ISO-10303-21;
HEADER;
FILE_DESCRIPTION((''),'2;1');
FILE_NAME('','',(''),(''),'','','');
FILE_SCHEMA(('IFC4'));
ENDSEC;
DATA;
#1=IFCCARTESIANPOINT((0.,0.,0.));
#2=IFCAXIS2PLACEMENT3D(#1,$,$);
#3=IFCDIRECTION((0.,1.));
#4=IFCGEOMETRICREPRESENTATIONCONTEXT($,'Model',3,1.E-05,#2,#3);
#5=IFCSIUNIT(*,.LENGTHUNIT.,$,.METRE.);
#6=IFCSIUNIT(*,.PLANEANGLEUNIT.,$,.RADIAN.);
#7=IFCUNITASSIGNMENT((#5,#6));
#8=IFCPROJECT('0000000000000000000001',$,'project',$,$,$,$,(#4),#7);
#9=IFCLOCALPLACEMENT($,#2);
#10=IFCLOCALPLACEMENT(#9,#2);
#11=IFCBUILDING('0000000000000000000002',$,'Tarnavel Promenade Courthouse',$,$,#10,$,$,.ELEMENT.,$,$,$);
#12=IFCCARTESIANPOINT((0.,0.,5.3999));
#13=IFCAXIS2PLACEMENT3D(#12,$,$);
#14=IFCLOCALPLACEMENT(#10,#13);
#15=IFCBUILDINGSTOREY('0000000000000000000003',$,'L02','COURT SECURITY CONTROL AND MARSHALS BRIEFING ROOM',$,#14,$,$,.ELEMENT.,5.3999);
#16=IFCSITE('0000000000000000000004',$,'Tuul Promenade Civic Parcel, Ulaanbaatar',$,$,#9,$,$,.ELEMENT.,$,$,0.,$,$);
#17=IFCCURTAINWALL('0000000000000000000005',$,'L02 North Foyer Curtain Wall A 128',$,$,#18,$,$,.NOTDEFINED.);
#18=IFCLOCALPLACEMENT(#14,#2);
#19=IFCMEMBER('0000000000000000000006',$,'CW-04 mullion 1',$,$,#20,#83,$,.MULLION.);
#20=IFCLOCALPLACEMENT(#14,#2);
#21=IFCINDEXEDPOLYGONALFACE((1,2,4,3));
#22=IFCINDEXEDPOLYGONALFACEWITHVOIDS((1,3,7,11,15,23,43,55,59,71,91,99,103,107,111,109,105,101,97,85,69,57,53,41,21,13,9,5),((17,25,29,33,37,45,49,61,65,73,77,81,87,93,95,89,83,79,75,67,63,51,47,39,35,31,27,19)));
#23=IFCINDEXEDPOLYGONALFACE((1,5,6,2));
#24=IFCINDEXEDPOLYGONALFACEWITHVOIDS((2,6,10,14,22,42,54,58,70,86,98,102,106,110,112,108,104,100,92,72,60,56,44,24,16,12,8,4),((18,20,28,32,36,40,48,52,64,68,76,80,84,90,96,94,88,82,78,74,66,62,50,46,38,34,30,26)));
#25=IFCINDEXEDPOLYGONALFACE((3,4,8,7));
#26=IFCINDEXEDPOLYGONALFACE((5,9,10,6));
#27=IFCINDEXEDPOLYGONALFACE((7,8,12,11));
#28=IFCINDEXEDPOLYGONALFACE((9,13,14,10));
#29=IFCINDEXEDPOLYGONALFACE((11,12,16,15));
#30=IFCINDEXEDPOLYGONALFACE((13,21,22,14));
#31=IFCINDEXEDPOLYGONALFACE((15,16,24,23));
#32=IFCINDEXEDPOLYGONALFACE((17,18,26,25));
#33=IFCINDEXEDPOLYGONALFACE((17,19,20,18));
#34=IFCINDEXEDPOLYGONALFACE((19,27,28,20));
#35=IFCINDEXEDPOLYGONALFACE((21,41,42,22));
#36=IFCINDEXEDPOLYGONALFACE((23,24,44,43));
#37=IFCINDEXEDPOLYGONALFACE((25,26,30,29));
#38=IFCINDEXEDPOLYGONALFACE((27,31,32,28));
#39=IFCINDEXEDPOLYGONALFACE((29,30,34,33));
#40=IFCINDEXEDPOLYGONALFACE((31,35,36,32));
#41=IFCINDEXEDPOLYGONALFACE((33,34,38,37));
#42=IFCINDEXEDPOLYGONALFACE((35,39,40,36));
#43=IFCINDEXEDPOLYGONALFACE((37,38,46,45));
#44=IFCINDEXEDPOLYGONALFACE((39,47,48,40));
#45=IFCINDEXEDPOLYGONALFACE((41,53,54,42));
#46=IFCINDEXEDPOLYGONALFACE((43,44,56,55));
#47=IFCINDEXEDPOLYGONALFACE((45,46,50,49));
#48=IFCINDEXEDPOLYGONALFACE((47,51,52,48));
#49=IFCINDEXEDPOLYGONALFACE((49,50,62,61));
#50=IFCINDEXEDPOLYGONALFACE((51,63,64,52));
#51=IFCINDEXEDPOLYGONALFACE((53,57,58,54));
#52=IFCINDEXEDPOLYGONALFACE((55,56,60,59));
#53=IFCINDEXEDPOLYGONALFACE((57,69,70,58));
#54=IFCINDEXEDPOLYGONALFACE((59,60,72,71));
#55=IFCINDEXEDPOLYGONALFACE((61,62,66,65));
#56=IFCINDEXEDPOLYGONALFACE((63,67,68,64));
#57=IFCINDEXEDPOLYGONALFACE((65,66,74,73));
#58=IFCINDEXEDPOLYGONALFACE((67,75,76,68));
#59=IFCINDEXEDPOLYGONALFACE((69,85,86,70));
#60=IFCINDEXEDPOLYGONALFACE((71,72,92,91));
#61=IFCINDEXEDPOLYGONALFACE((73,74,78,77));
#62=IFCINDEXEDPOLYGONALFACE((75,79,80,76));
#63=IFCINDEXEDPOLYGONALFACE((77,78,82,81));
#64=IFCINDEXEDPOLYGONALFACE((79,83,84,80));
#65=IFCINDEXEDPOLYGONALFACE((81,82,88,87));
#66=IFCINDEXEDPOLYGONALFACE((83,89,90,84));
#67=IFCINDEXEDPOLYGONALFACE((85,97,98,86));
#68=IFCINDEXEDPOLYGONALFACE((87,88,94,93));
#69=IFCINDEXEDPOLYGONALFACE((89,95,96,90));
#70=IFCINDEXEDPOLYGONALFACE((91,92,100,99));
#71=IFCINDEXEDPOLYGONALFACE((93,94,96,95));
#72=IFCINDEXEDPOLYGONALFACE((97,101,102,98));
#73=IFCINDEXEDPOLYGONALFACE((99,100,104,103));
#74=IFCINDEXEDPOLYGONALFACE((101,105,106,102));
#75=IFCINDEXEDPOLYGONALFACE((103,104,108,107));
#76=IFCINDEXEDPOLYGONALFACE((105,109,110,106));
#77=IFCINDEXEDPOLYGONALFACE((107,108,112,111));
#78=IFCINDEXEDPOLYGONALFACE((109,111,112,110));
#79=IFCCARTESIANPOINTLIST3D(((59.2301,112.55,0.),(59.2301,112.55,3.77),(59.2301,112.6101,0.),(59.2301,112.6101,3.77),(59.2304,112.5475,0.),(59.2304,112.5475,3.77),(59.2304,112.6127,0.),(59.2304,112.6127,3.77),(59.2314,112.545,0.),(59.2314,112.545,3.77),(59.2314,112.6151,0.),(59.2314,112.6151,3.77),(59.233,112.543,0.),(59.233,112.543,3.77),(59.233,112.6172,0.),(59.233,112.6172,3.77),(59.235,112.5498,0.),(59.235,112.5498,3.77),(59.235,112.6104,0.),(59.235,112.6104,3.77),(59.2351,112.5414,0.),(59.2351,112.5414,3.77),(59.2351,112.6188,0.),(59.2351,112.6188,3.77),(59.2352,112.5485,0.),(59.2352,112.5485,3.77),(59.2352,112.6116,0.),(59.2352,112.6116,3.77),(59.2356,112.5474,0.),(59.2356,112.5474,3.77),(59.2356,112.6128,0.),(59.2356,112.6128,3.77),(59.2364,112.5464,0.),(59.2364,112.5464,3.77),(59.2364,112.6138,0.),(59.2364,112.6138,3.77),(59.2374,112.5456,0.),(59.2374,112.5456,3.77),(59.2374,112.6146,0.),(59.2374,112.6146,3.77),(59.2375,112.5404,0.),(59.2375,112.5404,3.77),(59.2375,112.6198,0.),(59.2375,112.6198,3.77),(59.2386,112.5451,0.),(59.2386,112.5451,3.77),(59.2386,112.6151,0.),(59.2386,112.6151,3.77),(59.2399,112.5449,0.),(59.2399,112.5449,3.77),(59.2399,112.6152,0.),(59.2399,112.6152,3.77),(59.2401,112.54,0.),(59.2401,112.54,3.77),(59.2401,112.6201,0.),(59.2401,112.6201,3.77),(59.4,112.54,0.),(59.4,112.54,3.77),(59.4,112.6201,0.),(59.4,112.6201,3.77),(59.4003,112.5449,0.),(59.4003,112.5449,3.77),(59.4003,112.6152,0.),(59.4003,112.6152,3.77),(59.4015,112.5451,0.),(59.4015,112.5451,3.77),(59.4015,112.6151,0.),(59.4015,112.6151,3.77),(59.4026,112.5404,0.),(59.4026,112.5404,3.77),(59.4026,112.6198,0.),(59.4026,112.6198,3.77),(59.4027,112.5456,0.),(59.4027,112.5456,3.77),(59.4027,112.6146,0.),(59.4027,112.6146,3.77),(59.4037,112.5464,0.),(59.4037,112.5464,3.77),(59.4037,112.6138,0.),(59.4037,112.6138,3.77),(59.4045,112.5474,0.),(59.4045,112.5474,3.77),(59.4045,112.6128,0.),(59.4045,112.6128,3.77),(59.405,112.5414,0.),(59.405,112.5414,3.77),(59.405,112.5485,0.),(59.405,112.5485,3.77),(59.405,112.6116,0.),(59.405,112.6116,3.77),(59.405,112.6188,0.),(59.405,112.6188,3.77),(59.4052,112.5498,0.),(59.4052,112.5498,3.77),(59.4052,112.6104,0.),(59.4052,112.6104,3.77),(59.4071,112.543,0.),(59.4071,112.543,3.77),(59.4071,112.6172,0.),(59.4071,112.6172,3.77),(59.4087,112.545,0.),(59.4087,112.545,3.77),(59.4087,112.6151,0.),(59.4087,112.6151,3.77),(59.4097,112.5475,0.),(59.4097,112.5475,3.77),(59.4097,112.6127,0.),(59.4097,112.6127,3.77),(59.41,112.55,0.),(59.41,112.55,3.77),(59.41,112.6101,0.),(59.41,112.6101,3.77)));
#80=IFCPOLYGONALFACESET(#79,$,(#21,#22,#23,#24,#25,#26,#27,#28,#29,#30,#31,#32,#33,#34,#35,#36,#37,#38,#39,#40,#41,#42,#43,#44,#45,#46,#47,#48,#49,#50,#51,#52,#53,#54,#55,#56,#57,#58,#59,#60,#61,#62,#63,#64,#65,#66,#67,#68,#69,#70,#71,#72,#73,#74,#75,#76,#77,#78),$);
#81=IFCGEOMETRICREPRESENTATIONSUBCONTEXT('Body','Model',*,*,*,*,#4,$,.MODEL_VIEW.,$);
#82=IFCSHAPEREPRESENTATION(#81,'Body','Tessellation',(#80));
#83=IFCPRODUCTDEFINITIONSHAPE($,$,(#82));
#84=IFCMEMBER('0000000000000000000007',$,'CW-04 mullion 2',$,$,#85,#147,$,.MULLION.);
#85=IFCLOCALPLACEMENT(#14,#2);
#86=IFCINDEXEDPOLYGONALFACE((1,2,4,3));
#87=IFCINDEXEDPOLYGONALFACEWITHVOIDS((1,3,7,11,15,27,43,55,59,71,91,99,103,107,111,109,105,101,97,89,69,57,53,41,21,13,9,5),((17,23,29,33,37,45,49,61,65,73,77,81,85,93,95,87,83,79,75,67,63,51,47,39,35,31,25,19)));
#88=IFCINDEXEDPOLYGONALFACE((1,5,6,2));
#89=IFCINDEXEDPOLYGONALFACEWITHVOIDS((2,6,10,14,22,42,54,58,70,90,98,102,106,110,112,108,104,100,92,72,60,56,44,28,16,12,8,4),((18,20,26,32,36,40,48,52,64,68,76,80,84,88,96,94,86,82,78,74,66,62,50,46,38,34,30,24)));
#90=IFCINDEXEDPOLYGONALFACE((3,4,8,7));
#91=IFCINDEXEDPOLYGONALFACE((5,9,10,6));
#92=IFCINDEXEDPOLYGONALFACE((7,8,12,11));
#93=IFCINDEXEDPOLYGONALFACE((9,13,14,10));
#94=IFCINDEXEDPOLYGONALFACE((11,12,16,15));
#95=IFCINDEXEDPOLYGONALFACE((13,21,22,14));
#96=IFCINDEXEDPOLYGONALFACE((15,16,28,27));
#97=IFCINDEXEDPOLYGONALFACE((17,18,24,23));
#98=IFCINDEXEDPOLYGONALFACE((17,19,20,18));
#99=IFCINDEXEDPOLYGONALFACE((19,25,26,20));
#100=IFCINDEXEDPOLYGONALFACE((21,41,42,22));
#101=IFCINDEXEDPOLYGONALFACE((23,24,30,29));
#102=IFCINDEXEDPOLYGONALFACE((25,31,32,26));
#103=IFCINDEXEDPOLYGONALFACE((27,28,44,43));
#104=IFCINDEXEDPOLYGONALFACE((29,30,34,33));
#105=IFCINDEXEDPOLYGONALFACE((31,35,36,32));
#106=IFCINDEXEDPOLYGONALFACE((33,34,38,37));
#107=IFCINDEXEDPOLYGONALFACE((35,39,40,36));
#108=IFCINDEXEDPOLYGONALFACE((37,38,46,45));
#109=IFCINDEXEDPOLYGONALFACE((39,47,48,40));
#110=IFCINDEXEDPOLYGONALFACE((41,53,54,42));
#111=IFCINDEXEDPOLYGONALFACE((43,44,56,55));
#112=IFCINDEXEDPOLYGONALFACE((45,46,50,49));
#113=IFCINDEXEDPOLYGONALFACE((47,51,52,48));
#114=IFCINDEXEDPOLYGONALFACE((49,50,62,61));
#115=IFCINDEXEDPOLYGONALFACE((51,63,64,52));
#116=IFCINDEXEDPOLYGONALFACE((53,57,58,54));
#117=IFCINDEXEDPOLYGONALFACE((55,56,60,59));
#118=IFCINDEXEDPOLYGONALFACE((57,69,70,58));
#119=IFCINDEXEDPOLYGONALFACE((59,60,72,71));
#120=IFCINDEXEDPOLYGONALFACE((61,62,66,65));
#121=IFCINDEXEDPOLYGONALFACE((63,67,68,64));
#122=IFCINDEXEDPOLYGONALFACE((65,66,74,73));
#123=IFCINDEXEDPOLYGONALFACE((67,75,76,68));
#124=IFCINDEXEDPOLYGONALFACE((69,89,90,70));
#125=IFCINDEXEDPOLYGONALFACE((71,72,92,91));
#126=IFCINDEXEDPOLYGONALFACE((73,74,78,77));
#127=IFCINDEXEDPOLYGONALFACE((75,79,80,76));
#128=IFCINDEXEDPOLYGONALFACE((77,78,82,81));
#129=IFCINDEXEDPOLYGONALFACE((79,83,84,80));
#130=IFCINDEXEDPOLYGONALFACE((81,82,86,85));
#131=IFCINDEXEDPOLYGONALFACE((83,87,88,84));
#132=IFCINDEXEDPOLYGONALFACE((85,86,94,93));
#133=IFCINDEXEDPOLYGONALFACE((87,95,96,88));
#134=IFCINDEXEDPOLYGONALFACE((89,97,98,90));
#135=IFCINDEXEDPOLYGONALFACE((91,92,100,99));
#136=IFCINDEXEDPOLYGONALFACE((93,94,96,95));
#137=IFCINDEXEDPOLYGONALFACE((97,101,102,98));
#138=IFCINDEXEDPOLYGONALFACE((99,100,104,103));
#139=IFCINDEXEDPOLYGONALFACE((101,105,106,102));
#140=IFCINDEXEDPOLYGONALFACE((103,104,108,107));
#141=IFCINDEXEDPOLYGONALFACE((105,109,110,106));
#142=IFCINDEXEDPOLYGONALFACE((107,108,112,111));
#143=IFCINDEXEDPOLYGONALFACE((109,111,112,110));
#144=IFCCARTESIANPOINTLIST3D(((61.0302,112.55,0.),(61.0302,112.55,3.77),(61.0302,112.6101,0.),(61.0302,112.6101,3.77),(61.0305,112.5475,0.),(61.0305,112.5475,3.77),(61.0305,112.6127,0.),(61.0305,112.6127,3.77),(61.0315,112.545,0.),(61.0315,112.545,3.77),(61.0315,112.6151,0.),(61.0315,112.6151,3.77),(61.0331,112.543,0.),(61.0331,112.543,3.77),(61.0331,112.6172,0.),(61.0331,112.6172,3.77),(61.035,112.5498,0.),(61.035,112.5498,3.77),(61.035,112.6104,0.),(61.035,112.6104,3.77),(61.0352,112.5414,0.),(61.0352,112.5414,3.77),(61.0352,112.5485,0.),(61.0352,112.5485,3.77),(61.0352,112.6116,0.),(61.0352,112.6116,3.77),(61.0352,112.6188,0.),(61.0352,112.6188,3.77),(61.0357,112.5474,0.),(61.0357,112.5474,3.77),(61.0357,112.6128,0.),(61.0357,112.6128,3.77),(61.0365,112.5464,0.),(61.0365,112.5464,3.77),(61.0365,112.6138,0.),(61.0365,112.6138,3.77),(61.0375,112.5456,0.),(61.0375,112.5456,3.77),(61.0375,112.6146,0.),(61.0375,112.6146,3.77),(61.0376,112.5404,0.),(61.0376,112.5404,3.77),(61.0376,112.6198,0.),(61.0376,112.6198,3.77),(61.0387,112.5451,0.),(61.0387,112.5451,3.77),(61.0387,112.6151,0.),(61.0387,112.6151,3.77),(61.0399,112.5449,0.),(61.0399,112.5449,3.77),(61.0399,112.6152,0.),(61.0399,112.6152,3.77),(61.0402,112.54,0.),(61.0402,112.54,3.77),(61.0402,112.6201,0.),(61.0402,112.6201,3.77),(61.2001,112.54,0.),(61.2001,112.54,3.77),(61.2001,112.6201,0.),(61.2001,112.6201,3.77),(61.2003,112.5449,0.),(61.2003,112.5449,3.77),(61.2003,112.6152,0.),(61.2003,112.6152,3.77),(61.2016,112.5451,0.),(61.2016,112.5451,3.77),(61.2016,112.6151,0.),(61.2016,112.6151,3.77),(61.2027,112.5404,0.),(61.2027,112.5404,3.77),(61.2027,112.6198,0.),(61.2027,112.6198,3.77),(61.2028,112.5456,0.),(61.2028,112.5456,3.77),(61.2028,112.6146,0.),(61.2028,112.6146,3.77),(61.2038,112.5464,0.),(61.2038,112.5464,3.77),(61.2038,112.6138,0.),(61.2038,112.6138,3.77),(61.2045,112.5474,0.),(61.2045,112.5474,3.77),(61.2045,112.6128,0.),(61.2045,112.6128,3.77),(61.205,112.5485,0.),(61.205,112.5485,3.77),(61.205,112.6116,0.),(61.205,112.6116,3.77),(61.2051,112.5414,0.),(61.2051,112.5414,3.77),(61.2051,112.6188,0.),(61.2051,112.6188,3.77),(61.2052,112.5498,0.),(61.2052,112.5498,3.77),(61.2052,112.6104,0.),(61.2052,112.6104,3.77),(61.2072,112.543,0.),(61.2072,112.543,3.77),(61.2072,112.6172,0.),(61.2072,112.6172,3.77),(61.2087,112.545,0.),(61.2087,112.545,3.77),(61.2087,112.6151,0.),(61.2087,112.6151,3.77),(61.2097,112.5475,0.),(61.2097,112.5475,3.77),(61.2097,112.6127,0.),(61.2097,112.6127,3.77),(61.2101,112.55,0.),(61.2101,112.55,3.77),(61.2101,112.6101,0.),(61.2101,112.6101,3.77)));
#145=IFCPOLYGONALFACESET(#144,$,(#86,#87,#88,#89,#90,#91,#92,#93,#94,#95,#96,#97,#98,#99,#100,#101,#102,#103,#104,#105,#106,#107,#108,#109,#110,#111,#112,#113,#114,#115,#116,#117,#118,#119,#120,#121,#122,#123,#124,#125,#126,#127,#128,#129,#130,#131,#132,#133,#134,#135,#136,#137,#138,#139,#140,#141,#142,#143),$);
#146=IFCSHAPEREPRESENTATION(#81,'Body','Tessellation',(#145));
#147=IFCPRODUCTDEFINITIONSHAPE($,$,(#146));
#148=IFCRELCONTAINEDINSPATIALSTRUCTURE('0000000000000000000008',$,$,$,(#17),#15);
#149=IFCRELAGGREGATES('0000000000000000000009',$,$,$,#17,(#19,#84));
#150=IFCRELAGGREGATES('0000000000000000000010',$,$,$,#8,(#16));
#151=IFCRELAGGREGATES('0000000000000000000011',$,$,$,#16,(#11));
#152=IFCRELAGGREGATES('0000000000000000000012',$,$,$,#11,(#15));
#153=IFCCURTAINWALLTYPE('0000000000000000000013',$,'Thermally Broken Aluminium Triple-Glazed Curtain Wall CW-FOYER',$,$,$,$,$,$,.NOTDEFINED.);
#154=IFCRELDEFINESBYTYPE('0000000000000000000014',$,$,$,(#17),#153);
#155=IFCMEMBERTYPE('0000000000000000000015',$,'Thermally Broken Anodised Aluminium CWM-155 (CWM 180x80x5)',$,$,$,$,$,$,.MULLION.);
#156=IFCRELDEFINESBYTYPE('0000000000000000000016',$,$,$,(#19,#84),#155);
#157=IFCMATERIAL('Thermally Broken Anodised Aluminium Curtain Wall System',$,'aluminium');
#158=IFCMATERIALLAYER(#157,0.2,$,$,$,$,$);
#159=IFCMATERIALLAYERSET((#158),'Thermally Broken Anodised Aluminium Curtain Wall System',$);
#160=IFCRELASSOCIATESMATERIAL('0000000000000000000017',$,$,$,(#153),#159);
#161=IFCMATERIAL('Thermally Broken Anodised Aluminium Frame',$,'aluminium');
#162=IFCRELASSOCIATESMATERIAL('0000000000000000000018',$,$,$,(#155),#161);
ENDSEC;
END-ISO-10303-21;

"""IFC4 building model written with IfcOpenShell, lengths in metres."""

from ifc_helpers import new_model, si_unit, direction, frame, origin, origin_2d, place, context, subcontext, project, spatial, hollow_rectangle, extrude, material, layer, layer_set, material_profile, profile_set, type_object, element, aggregate, save


model = new_model("IFC4")

# Units and contexts
model_context = context("Model", 3, precision=1e-05, world=origin(), true_north=direction((0.0, 1.0)))
body_context = subcontext(model_context, "Body", "Model", "MODEL_VIEW")
ifc_project = project(units=[si_unit("LENGTHUNIT", "METRE"), si_unit("PLANEANGLEUNIT", "RADIAN")], contexts=[model_context])

# Site, building, storey
site_placement = place(None, origin())
site = spatial("IfcSite", under=ifc_project, at=site_placement, Name="Tuul Promenade Civic Parcel, Ulaanbaatar", CompositionType="ELEMENT", RefElevation=0.0)
building_placement = place(site_placement, origin())
building = spatial("IfcBuilding", under=site, at=building_placement, Name="Tarnavel Promenade Courthouse", CompositionType="ELEMENT")
storey_placement = place(building_placement, frame((0.0, 0.0, 5.3999)))
storey = spatial("IfcBuildingStorey", under=building, at=storey_placement, Name="L02", Description="COURT SECURITY CONTROL AND MARSHALS BRIEFING ROOM", CompositionType="ELEMENT", Elevation=5.3999)

# Curtain wall, members
ifc_material_1 = material(Name="Thermally Broken Anodised Aluminium Curtain Wall System", Category="aluminium")
ifc_layer_1 = layer(ifc_material_1, 0.2)
ifc_layer_set_1 = layer_set([ifc_layer_1], Name="Thermally Broken Anodised Aluminium Curtain Wall System")
curtain_wall_type = type_object("IfcCurtainWallType", Name="Thermally Broken Aluminium Triple-Glazed Curtain Wall CW-FOYER", PredefinedType="NOTDEFINED", material=ifc_layer_set_1)
curtain_wall_1_placement = place(storey_placement, origin())
curtain_wall_1 = element("IfcCurtainWall", 1, at=curtain_wall_1_placement, inside=storey, type_object=curtain_wall_type, Name="L02 North Foyer Curtain Wall A 128", PredefinedType="NOTDEFINED")
ifc_material_2 = material(Name="Thermally Broken Anodised Aluminium Frame", Category="aluminium")
ifc_material_profile_1 = material_profile(ifc_material_2, hollow_rectangle(XDim=0.0801, YDim=0.1799, WallThickness=0.0049, InnerFilletRadius=0.0049, OuterFilletRadius=0.01, at=origin_2d()), Name="CWM 180x80x5")
ifc_profile_set_1 = profile_set([ifc_material_profile_1], Name="Thermally Broken Anodised Aluminium Frame")
member_type_1 = type_object("IfcMemberType", Name="Thermally Broken Anodised Aluminium CWM-155 (CWM 180x80x5)", PredefinedType="MULLION", material=ifc_profile_set_1)
member_1_placement = place(storey_placement, frame((59.3201, 112.5801, 0.0), z_axis=(0.0, 0.0, 1.0), x_axis=(0.0, 1.0, 0.0)))
member_1 = element("IfcMember", 2, at=member_1_placement, type_object=member_type_1, Name="CW-04 mullion 1", PredefinedType="MULLION", context=body_context, shape_type="SweptSolid", body=[
    extrude(hollow_rectangle(XDim=0.0801, YDim=0.1799, WallThickness=0.0049, InnerFilletRadius=0.0049, OuterFilletRadius=0.01, at=origin_2d()), origin(), (0.0, 0.0, 1.0), 3.77),
])
member_2_placement = place(storey_placement, frame((61.1201, 112.5801, 0.0), z_axis=(0.0, 0.0, 1.0), x_axis=(0.0, 1.0, 0.0)))
member_2 = element("IfcMember", 3, at=member_2_placement, type_object=member_type_1, Name="CW-04 mullion 2", PredefinedType="MULLION", context=body_context, shape_type="SweptSolid", body=[
    extrude(hollow_rectangle(XDim=0.0801, YDim=0.1799, WallThickness=0.0049, InnerFilletRadius=0.0049, OuterFilletRadius=0.01, at=origin_2d()), origin(), (0.0, 0.0, 1.0), 3.77),
])

aggregate(curtain_wall_1, [member_1, member_2])

save(model, "model.ifc")
